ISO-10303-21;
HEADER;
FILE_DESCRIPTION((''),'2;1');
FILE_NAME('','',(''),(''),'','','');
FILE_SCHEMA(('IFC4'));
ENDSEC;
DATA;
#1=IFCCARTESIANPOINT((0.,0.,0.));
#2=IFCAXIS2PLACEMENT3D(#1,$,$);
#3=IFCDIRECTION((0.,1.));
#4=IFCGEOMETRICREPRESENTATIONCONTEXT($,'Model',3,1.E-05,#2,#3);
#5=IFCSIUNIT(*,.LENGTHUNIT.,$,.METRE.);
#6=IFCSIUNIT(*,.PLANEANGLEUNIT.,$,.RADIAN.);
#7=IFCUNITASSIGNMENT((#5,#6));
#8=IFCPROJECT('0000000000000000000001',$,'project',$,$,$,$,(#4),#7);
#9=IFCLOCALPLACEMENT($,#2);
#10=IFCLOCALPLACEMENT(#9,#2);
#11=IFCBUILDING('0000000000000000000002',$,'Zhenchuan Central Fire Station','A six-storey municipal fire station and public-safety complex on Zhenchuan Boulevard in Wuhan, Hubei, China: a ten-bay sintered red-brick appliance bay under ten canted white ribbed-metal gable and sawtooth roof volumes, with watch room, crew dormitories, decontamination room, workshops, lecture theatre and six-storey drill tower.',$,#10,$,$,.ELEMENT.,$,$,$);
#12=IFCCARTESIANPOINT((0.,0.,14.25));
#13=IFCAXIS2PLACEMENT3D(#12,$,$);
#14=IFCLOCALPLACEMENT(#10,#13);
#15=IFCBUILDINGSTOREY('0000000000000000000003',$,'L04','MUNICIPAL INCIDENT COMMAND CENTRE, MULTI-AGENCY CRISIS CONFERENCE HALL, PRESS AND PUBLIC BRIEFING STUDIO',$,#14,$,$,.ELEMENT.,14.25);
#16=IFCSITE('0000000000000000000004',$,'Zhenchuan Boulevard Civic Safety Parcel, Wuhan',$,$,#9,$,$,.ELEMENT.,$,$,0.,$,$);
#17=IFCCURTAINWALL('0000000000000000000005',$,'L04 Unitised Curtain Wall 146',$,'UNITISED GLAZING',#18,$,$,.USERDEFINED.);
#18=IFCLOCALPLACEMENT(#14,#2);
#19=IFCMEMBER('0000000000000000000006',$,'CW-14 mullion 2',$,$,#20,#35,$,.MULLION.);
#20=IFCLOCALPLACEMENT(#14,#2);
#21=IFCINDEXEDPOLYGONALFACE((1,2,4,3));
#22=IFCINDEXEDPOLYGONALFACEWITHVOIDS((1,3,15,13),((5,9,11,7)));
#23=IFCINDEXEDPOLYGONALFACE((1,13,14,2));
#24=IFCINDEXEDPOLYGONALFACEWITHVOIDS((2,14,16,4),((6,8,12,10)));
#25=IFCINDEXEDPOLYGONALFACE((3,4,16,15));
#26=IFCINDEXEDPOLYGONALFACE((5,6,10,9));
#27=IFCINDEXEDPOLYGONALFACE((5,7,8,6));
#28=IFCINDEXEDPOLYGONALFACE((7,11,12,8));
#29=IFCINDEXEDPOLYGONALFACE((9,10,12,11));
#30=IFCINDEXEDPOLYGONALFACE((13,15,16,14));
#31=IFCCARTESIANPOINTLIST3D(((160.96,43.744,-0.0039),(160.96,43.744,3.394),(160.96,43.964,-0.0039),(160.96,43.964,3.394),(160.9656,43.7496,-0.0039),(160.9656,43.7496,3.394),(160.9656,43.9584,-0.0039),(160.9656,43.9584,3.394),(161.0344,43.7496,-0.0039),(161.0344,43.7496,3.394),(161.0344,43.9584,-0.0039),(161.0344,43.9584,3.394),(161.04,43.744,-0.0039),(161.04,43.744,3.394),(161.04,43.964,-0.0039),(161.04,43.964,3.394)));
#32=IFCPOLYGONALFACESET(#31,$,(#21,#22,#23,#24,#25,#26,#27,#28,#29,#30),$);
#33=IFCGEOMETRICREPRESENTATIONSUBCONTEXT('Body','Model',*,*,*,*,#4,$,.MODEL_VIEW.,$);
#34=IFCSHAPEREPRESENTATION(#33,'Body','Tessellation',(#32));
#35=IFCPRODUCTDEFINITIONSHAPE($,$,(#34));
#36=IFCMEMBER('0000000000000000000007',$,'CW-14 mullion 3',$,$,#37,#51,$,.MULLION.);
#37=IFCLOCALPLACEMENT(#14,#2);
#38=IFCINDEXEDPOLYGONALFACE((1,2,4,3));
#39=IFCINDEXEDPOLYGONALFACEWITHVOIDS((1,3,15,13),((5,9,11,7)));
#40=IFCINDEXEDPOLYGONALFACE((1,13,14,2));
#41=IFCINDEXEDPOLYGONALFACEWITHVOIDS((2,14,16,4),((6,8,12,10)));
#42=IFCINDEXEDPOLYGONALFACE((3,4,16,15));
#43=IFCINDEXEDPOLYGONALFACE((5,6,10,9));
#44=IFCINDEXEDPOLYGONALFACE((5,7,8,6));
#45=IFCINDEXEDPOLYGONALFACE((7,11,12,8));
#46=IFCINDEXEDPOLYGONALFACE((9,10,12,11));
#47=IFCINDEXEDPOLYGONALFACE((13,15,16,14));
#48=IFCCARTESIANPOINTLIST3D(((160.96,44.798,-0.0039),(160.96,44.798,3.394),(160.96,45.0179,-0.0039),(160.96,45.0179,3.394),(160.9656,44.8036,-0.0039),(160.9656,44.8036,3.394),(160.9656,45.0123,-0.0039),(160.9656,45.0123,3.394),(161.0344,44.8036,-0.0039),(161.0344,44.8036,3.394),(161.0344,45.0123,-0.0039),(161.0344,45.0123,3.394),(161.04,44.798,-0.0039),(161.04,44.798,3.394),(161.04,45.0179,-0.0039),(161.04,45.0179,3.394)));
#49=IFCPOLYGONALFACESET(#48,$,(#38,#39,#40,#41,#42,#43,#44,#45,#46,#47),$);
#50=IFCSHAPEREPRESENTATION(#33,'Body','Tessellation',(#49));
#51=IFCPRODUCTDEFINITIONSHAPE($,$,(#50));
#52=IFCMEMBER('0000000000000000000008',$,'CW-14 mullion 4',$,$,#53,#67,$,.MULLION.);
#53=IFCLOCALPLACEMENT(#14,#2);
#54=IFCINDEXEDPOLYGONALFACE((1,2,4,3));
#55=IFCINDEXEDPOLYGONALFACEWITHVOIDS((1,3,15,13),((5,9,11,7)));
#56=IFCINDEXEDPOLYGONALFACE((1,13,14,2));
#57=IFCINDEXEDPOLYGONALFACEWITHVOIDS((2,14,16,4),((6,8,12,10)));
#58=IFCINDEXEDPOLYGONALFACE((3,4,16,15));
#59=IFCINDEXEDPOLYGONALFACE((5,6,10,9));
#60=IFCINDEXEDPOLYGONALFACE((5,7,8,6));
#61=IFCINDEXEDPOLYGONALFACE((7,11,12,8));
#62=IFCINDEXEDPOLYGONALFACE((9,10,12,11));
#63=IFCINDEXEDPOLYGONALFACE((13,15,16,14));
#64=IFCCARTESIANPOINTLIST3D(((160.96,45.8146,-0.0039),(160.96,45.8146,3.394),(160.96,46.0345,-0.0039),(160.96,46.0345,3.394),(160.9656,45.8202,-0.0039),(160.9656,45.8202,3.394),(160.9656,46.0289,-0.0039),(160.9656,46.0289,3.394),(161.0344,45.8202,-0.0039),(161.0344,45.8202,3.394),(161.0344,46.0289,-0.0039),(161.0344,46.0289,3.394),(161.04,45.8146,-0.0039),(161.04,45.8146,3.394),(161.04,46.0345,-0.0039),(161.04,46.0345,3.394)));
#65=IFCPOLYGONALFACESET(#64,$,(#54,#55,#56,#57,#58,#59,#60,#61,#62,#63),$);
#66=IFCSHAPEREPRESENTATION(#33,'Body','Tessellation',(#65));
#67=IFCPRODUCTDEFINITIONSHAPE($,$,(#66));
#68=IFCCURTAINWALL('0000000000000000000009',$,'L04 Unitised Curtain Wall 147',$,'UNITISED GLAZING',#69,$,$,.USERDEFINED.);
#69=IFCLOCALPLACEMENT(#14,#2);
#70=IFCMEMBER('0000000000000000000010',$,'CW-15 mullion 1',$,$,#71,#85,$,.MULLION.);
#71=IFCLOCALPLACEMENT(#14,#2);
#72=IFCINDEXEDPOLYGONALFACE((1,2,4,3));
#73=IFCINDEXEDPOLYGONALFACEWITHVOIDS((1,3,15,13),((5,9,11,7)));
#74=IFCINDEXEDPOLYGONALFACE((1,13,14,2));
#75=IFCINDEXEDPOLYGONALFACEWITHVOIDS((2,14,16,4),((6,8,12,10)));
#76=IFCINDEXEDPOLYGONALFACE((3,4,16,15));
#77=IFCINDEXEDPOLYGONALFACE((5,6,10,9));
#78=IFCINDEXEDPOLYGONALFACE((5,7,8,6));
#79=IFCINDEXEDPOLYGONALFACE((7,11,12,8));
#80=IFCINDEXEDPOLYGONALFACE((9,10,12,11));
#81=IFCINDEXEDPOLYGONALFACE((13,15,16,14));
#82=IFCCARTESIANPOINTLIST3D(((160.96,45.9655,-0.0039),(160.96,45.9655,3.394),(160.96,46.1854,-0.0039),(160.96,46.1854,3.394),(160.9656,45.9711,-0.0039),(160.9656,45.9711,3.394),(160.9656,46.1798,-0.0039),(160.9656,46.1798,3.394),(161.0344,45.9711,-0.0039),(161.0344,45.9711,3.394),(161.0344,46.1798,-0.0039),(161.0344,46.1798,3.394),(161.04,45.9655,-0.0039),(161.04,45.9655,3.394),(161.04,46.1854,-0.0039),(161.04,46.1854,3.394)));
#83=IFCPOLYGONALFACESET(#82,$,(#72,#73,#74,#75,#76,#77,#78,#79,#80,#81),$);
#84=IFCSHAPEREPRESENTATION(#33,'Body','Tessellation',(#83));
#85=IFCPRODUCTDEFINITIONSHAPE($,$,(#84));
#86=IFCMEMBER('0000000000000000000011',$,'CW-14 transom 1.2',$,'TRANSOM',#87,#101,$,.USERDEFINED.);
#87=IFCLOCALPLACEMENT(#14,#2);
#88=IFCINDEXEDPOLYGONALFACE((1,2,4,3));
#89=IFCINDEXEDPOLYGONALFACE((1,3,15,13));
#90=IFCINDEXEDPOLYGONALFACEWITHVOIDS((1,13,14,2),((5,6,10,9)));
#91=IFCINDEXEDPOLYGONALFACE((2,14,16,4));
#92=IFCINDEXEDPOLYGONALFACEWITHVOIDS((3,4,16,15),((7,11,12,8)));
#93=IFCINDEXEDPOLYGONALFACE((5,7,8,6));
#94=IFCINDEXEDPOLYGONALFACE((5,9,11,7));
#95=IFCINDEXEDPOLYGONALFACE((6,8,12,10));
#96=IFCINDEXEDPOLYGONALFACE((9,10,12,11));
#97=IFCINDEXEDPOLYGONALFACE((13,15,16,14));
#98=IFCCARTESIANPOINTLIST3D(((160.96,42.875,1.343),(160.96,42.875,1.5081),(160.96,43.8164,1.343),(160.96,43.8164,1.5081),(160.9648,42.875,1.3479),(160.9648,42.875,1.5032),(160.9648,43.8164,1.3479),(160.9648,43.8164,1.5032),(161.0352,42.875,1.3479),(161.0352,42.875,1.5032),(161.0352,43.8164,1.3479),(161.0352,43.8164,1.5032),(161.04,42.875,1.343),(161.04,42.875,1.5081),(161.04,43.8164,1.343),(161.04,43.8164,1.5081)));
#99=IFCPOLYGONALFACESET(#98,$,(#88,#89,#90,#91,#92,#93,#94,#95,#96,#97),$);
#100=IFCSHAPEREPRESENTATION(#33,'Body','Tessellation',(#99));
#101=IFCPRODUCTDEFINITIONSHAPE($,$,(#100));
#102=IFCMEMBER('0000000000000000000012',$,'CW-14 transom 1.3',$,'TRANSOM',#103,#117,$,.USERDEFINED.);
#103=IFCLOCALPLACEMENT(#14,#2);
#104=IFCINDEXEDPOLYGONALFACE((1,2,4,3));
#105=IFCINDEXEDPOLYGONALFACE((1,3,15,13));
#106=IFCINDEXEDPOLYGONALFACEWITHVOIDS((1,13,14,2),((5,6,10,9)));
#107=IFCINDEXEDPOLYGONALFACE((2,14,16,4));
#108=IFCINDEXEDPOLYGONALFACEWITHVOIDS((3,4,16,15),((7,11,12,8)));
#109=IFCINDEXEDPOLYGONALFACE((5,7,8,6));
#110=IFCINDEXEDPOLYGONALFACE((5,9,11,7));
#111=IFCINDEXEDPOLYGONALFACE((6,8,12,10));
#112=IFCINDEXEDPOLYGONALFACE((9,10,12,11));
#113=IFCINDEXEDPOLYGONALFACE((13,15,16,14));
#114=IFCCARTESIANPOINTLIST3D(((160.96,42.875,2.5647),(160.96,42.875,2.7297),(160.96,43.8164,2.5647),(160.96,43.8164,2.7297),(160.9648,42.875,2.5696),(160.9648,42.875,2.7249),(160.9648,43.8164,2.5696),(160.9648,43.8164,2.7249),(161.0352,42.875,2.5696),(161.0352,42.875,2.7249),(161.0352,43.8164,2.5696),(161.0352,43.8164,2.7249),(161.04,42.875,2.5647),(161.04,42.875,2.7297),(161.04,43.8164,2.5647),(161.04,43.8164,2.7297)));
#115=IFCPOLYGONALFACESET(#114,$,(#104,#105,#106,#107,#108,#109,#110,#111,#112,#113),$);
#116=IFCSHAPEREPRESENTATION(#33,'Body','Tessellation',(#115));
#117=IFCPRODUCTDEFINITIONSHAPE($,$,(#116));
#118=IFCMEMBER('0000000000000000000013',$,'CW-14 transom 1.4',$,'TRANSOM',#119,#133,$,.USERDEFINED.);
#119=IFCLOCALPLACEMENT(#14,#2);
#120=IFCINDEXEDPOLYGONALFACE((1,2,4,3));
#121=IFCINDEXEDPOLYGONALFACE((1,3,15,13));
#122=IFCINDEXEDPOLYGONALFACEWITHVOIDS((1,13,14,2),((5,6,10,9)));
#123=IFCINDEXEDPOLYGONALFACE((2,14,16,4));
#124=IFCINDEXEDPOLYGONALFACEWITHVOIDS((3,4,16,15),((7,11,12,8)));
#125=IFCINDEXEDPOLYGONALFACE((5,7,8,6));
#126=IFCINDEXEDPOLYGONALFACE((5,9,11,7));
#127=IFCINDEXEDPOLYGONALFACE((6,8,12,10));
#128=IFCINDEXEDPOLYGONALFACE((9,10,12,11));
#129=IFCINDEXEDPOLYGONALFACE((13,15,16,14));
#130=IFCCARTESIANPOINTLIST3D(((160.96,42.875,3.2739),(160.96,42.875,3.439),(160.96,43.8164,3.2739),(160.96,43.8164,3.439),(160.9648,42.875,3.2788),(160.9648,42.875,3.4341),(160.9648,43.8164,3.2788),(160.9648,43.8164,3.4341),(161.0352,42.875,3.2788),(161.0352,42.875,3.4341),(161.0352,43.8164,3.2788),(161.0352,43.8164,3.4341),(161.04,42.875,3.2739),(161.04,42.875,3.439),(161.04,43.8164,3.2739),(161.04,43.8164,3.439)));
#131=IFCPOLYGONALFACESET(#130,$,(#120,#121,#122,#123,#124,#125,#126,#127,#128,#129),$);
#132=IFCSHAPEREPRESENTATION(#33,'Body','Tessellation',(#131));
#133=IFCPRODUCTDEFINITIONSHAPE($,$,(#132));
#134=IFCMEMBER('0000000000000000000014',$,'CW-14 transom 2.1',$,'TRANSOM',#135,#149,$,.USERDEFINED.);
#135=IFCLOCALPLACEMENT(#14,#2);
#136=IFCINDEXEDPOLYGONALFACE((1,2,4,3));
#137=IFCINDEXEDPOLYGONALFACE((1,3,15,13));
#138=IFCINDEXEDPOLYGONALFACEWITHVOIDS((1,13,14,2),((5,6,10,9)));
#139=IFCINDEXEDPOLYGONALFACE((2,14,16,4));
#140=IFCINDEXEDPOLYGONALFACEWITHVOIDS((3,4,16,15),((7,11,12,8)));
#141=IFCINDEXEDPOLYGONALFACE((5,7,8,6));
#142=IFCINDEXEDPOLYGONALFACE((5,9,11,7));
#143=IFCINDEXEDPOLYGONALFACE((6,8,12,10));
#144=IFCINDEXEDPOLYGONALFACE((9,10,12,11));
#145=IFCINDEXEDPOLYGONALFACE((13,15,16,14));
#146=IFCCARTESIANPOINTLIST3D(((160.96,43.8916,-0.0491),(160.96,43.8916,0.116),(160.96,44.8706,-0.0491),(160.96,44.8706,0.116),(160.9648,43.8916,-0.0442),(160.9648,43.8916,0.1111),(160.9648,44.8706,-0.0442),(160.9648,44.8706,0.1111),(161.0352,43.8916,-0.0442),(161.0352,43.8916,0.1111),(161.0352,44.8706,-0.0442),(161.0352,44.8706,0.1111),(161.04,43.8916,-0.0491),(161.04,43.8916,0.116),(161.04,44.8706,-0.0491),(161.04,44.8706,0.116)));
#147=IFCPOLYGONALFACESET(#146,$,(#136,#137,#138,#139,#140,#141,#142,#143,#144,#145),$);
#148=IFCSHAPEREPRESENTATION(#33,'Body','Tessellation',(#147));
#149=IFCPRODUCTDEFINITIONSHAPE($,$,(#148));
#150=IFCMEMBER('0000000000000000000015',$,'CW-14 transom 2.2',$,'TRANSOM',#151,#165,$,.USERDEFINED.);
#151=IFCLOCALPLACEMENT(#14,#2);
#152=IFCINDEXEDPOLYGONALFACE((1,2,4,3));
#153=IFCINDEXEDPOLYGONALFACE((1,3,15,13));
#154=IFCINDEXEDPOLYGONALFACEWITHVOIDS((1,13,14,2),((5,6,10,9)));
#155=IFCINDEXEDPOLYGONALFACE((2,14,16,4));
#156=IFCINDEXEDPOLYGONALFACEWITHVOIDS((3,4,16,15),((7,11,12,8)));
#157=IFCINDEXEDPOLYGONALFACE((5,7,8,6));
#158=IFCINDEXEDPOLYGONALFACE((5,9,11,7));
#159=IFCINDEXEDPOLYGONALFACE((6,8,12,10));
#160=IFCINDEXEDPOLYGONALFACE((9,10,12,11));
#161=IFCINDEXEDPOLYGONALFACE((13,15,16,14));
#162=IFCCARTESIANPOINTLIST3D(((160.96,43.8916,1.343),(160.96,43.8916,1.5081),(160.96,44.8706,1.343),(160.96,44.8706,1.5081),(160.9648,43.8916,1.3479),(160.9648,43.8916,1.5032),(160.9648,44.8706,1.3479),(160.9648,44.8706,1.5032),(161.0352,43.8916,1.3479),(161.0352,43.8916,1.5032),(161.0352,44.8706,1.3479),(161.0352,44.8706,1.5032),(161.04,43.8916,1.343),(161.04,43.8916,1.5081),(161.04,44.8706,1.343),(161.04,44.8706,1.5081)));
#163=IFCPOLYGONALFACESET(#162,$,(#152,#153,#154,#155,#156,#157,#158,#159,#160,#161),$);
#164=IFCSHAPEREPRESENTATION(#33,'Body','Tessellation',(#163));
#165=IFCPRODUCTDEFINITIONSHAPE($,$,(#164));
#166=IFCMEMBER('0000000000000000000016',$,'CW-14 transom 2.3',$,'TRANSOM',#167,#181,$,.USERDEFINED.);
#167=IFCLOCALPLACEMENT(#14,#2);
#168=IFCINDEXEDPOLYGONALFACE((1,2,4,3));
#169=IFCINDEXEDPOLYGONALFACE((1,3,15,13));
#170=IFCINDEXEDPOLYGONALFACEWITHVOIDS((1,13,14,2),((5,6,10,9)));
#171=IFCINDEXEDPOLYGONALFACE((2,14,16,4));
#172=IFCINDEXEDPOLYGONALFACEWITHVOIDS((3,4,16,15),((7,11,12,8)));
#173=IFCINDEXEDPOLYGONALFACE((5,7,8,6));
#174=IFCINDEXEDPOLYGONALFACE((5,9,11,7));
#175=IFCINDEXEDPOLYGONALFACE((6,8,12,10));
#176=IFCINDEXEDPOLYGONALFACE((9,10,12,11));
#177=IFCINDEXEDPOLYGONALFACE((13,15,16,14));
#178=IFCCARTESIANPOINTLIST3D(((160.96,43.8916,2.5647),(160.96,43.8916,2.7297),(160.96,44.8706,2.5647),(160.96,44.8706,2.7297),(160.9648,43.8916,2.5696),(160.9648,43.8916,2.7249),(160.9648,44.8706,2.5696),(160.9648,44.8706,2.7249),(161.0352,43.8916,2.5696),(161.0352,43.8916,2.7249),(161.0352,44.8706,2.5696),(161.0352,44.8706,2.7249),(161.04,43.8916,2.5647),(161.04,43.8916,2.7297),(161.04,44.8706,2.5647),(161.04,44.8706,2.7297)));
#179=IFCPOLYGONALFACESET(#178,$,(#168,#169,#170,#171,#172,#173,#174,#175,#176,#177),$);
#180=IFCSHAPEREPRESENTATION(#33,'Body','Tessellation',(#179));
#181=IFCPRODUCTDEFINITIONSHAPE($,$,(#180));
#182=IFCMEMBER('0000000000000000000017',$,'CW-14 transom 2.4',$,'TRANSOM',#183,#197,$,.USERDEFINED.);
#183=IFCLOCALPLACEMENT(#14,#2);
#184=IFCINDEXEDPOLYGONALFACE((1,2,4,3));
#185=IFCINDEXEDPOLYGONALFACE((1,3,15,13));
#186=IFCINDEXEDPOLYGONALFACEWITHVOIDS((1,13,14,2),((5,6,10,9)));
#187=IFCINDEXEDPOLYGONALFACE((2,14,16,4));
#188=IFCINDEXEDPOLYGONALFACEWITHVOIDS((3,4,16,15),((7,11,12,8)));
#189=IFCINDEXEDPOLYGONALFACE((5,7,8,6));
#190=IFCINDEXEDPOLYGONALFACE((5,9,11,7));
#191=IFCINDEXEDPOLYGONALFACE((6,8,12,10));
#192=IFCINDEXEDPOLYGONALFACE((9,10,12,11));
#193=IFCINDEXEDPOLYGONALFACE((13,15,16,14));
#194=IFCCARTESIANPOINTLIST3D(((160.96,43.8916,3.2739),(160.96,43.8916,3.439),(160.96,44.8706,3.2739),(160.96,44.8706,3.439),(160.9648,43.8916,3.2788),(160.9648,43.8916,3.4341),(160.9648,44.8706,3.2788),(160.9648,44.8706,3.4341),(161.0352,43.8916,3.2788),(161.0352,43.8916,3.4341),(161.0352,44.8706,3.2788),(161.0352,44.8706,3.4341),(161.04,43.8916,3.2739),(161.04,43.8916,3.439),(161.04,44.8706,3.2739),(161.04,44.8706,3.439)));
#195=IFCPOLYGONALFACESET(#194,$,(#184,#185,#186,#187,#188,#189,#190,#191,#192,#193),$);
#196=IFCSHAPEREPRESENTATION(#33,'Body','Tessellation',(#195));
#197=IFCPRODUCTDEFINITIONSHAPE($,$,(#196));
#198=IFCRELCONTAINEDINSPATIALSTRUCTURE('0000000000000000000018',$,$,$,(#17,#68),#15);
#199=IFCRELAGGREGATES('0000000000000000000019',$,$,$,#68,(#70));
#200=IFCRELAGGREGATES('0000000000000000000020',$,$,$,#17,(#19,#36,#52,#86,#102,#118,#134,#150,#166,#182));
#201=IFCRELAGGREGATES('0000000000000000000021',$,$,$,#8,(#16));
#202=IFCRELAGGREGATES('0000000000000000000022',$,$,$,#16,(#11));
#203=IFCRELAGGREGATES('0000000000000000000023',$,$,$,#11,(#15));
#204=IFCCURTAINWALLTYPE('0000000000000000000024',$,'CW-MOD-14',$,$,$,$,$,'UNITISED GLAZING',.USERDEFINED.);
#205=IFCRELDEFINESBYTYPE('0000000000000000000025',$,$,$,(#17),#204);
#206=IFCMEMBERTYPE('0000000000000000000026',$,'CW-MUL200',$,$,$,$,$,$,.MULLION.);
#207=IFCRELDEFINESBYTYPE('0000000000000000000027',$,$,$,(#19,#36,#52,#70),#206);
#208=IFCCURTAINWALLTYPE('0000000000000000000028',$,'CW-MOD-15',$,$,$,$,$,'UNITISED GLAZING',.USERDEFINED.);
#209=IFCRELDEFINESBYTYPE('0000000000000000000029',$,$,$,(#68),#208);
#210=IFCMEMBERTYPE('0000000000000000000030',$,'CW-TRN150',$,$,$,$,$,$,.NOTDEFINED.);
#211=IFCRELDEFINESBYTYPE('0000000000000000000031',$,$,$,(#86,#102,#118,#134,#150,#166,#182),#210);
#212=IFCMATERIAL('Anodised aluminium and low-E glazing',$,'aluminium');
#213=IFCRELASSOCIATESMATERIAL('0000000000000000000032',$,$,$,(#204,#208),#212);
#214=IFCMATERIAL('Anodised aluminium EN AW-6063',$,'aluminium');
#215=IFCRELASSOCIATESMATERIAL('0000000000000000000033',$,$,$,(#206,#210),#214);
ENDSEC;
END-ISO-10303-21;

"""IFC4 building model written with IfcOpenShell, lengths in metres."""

from ifc_helpers import new_model, si_unit, direction, frame, origin, origin_2d, place, context, subcontext, project, spatial, hollow_rectangle, extrude, material, material_profile, profile_set, type_object, element, aggregate, save


model = new_model("IFC4")

# Units and contexts
model_context = context("Model", 3, precision=1e-05, world=origin(), true_north=direction((0.0, 1.0)))
body_context = subcontext(model_context, "Body", "Model", "MODEL_VIEW")
ifc_project = project(units=[si_unit("LENGTHUNIT", "METRE"), si_unit("PLANEANGLEUNIT", "RADIAN")], contexts=[model_context])

# Site, building, storey
site_placement = place(None, origin())
site = spatial("IfcSite", under=ifc_project, at=site_placement, Name="Zhenchuan Boulevard Civic Safety Parcel, Wuhan", CompositionType="ELEMENT", RefElevation=0.0)
building_placement = place(site_placement, origin())
building = spatial("IfcBuilding", under=site, at=building_placement, Name="Zhenchuan Central Fire Station", Description="A six-storey municipal fire station and public-safety complex on Zhenchuan Boulevard in Wuhan, Hubei, China: a ten-bay sintered red-brick appliance bay under ten canted white ribbed-metal gable and sawtooth roof volumes, with watch room, crew dormitories, decontamination room, workshops, lecture theatre and six-storey drill tower.", CompositionType="ELEMENT")
storey_placement = place(building_placement, frame((0.0, 0.0, 14.25)))
storey = spatial("IfcBuildingStorey", under=building, at=storey_placement, Name="L04", Description="MUNICIPAL INCIDENT COMMAND CENTRE, MULTI-AGENCY CRISIS CONFERENCE HALL, PRESS AND PUBLIC BRIEFING STUDIO", CompositionType="ELEMENT", Elevation=14.25)

# Curtain wall, members
ifc_material_1 = material(Name="Anodised aluminium and low-E glazing", Category="aluminium")
curtain_wall_type_1 = type_object("IfcCurtainWallType", Name="CW-MOD-14", ElementType="UNITISED GLAZING", PredefinedType="USERDEFINED", material=ifc_material_1)
curtain_wall_1_placement = place(storey_placement, origin())
curtain_wall_1 = element("IfcCurtainWall", 1, at=curtain_wall_1_placement, inside=storey, type_object=curtain_wall_type_1, Name="L04 Unitised Curtain Wall 146", ObjectType="UNITISED GLAZING", PredefinedType="USERDEFINED")
ifc_material_2 = material(Name="Anodised aluminium EN AW-6063", Category="aluminium")
ifc_material_profile_1 = material_profile(ifc_material_2, hollow_rectangle(XDim=0.0801, YDim=0.22, WallThickness=0.0056, at=origin_2d()), Name="ALU-M 220x80")
ifc_profile_set_1 = profile_set([ifc_material_profile_1], Name="Anodised aluminium EN AW-6063")
member_type_1 = type_object("IfcMemberType", Name="CW-MUL200", PredefinedType="MULLION", material=ifc_profile_set_1)
member_1_placement = place(storey_placement, frame((161.0, 43.854, -0.0039), z_axis=(0.0, 0.0, 1.0), x_axis=(-1.0, 0.0, 0.0)))
member_1 = element("IfcMember", 2, at=member_1_placement, type_object=member_type_1, Name="CW-14 mullion 2", PredefinedType="MULLION", context=body_context, shape_type="SweptSolid", body=[
    extrude(hollow_rectangle(XDim=0.0801, YDim=0.22, WallThickness=0.0056, at=origin_2d()), origin(), (0.0, 0.0, 1.0), 3.3979),
])
member_2_placement = place(storey_placement, frame((161.0, 44.908, -0.0039), z_axis=(0.0, 0.0, 1.0), x_axis=(-1.0, 0.0, 0.0)))
member_2 = element("IfcMember", 3, at=member_2_placement, type_object=member_type_1, Name="CW-14 mullion 3", PredefinedType="MULLION", context=body_context, shape_type="SweptSolid", body=[
    extrude(hollow_rectangle(XDim=0.0801, YDim=0.22, WallThickness=0.0056, at=origin_2d()), origin(), (0.0, 0.0, 1.0), 3.3979),
])
member_3_placement = place(storey_placement, frame((161.0, 45.9246, -0.0039), z_axis=(0.0, 0.0, 1.0), x_axis=(-1.0, 0.0, 0.0)))
member_3 = element("IfcMember", 4, at=member_3_placement, type_object=member_type_1, Name="CW-14 mullion 4", PredefinedType="MULLION", context=body_context, shape_type="SweptSolid", body=[
    extrude(hollow_rectangle(XDim=0.0801, YDim=0.22, WallThickness=0.0056, at=origin_2d()), origin(), (0.0, 0.0, 1.0), 3.3979),
])

# Curtain wall, member
curtain_wall_type_2 = type_object("IfcCurtainWallType", Name="CW-MOD-15", ElementType="UNITISED GLAZING", PredefinedType="USERDEFINED", material=ifc_material_1)
curtain_wall_2_placement = place(storey_placement, origin())
curtain_wall_2 = element("IfcCurtainWall", 5, at=curtain_wall_2_placement, inside=storey, type_object=curtain_wall_type_2, Name="L04 Unitised Curtain Wall 147", ObjectType="UNITISED GLAZING", PredefinedType="USERDEFINED")
member_4_placement = place(storey_placement, frame((161.0, 46.0754, -0.0039), z_axis=(0.0, 0.0, 1.0), x_axis=(-1.0, 0.0, 0.0)))
member_4 = element("IfcMember", 6, at=member_4_placement, type_object=member_type_1, Name="CW-15 mullion 1", PredefinedType="MULLION", context=body_context, shape_type="SweptSolid", body=[
    extrude(hollow_rectangle(XDim=0.0801, YDim=0.22, WallThickness=0.0056, at=origin_2d()), origin(), (0.0, 0.0, 1.0), 3.3979),
])

# Members
ifc_material_profile_2 = material_profile(ifc_material_2, hollow_rectangle(XDim=0.0801, YDim=0.165, WallThickness=0.0049, at=origin_2d()), Name="ALU-T 165x80")
ifc_profile_set_2 = profile_set([ifc_material_profile_2], Name="Anodised aluminium EN AW-6063")
member_type_2 = type_object("IfcMemberType", Name="CW-TRN150", PredefinedType="NOTDEFINED", material=ifc_profile_set_2)
member_5_placement = place(storey_placement, frame((161.0, 42.875, 1.4255), z_axis=(0.0, 1.0, 0.0), x_axis=(-1.0, 0.0, 0.0)))
member_5 = element("IfcMember", 7, at=member_5_placement, type_object=member_type_2, Name="CW-14 transom 1.2", ObjectType="TRANSOM", PredefinedType="USERDEFINED", context=body_context, shape_type="SweptSolid", body=[
    extrude(hollow_rectangle(XDim=0.0801, YDim=0.165, WallThickness=0.0049, at=origin_2d()), origin(), (0.0, 0.0, 1.0), 0.9414),
])
member_6_placement = place(storey_placement, frame((161.0, 42.875, 2.6472), z_axis=(0.0, 1.0, 0.0), x_axis=(-1.0, 0.0, 0.0)))
member_6 = element("IfcMember", 8, at=member_6_placement, type_object=member_type_2, Name="CW-14 transom 1.3", ObjectType="TRANSOM", PredefinedType="USERDEFINED", context=body_context, shape_type="SweptSolid", body=[
    extrude(hollow_rectangle(XDim=0.0801, YDim=0.165, WallThickness=0.0049, at=origin_2d()), origin(), (0.0, 0.0, 1.0), 0.9414),
])
member_7_placement = place(storey_placement, frame((161.0, 42.875, 3.3564), z_axis=(0.0, 1.0, 0.0), x_axis=(-1.0, 0.0, 0.0)))
member_7 = element("IfcMember", 9, at=member_7_placement, type_object=member_type_2, Name="CW-14 transom 1.4", ObjectType="TRANSOM", PredefinedType="USERDEFINED", context=body_context, shape_type="SweptSolid", body=[
    extrude(hollow_rectangle(XDim=0.0801, YDim=0.165, WallThickness=0.0049, at=origin_2d()), origin(), (0.0, 0.0, 1.0), 0.9414),
])
member_8_placement = place(storey_placement, frame((161.0, 43.8916, 0.0334), z_axis=(0.0, 1.0, 0.0), x_axis=(-1.0, 0.0, 0.0)))
member_8 = element("IfcMember", 10, at=member_8_placement, type_object=member_type_2, Name="CW-14 transom 2.1", ObjectType="TRANSOM", PredefinedType="USERDEFINED", context=body_context, shape_type="SweptSolid", body=[
    extrude(hollow_rectangle(XDim=0.0801, YDim=0.165, WallThickness=0.0049, at=origin_2d()), origin(), (0.0, 0.0, 1.0), 0.979),
])
member_9_placement = place(storey_placement, frame((161.0, 43.8916, 1.4255), z_axis=(0.0, 1.0, 0.0), x_axis=(-1.0, 0.0, 0.0)))
member_9 = element("IfcMember", 11, at=member_9_placement, type_object=member_type_2, Name="CW-14 transom 2.2", ObjectType="TRANSOM", PredefinedType="USERDEFINED", context=body_context, shape_type="SweptSolid", body=[
    extrude(hollow_rectangle(XDim=0.0801, YDim=0.165, WallThickness=0.0049, at=origin_2d()), origin(), (0.0, 0.0, 1.0), 0.979),
])
member_10_placement = place(storey_placement, frame((161.0, 43.8916, 2.6472), z_axis=(0.0, 1.0, 0.0), x_axis=(-1.0, 0.0, 0.0)))
member_10 = element("IfcMember", 12, at=member_10_placement, type_object=member_type_2, Name="CW-14 transom 2.3", ObjectType="TRANSOM", PredefinedType="USERDEFINED", context=body_context, shape_type="SweptSolid", body=[
    extrude(hollow_rectangle(XDim=0.0801, YDim=0.165, WallThickness=0.0049, at=origin_2d()), origin(), (0.0, 0.0, 1.0), 0.979),
])
member_11_placement = place(storey_placement, frame((161.0, 43.8916, 3.3564), z_axis=(0.0, 1.0, 0.0), x_axis=(-1.0, 0.0, 0.0)))
member_11 = element("IfcMember", 13, at=member_11_placement, type_object=member_type_2, Name="CW-14 transom 2.4", ObjectType="TRANSOM", PredefinedType="USERDEFINED", context=body_context, shape_type="SweptSolid", body=[
    extrude(hollow_rectangle(XDim=0.0801, YDim=0.165, WallThickness=0.0049, at=origin_2d()), origin(), (0.0, 0.0, 1.0), 0.979),
])
aggregate(curtain_wall_2, [member_4])

aggregate(curtain_wall_1, [member_1, member_2, member_3, member_5, member_6, member_7, member_8, member_9, member_10, member_11])

save(model, "model.ifc")
